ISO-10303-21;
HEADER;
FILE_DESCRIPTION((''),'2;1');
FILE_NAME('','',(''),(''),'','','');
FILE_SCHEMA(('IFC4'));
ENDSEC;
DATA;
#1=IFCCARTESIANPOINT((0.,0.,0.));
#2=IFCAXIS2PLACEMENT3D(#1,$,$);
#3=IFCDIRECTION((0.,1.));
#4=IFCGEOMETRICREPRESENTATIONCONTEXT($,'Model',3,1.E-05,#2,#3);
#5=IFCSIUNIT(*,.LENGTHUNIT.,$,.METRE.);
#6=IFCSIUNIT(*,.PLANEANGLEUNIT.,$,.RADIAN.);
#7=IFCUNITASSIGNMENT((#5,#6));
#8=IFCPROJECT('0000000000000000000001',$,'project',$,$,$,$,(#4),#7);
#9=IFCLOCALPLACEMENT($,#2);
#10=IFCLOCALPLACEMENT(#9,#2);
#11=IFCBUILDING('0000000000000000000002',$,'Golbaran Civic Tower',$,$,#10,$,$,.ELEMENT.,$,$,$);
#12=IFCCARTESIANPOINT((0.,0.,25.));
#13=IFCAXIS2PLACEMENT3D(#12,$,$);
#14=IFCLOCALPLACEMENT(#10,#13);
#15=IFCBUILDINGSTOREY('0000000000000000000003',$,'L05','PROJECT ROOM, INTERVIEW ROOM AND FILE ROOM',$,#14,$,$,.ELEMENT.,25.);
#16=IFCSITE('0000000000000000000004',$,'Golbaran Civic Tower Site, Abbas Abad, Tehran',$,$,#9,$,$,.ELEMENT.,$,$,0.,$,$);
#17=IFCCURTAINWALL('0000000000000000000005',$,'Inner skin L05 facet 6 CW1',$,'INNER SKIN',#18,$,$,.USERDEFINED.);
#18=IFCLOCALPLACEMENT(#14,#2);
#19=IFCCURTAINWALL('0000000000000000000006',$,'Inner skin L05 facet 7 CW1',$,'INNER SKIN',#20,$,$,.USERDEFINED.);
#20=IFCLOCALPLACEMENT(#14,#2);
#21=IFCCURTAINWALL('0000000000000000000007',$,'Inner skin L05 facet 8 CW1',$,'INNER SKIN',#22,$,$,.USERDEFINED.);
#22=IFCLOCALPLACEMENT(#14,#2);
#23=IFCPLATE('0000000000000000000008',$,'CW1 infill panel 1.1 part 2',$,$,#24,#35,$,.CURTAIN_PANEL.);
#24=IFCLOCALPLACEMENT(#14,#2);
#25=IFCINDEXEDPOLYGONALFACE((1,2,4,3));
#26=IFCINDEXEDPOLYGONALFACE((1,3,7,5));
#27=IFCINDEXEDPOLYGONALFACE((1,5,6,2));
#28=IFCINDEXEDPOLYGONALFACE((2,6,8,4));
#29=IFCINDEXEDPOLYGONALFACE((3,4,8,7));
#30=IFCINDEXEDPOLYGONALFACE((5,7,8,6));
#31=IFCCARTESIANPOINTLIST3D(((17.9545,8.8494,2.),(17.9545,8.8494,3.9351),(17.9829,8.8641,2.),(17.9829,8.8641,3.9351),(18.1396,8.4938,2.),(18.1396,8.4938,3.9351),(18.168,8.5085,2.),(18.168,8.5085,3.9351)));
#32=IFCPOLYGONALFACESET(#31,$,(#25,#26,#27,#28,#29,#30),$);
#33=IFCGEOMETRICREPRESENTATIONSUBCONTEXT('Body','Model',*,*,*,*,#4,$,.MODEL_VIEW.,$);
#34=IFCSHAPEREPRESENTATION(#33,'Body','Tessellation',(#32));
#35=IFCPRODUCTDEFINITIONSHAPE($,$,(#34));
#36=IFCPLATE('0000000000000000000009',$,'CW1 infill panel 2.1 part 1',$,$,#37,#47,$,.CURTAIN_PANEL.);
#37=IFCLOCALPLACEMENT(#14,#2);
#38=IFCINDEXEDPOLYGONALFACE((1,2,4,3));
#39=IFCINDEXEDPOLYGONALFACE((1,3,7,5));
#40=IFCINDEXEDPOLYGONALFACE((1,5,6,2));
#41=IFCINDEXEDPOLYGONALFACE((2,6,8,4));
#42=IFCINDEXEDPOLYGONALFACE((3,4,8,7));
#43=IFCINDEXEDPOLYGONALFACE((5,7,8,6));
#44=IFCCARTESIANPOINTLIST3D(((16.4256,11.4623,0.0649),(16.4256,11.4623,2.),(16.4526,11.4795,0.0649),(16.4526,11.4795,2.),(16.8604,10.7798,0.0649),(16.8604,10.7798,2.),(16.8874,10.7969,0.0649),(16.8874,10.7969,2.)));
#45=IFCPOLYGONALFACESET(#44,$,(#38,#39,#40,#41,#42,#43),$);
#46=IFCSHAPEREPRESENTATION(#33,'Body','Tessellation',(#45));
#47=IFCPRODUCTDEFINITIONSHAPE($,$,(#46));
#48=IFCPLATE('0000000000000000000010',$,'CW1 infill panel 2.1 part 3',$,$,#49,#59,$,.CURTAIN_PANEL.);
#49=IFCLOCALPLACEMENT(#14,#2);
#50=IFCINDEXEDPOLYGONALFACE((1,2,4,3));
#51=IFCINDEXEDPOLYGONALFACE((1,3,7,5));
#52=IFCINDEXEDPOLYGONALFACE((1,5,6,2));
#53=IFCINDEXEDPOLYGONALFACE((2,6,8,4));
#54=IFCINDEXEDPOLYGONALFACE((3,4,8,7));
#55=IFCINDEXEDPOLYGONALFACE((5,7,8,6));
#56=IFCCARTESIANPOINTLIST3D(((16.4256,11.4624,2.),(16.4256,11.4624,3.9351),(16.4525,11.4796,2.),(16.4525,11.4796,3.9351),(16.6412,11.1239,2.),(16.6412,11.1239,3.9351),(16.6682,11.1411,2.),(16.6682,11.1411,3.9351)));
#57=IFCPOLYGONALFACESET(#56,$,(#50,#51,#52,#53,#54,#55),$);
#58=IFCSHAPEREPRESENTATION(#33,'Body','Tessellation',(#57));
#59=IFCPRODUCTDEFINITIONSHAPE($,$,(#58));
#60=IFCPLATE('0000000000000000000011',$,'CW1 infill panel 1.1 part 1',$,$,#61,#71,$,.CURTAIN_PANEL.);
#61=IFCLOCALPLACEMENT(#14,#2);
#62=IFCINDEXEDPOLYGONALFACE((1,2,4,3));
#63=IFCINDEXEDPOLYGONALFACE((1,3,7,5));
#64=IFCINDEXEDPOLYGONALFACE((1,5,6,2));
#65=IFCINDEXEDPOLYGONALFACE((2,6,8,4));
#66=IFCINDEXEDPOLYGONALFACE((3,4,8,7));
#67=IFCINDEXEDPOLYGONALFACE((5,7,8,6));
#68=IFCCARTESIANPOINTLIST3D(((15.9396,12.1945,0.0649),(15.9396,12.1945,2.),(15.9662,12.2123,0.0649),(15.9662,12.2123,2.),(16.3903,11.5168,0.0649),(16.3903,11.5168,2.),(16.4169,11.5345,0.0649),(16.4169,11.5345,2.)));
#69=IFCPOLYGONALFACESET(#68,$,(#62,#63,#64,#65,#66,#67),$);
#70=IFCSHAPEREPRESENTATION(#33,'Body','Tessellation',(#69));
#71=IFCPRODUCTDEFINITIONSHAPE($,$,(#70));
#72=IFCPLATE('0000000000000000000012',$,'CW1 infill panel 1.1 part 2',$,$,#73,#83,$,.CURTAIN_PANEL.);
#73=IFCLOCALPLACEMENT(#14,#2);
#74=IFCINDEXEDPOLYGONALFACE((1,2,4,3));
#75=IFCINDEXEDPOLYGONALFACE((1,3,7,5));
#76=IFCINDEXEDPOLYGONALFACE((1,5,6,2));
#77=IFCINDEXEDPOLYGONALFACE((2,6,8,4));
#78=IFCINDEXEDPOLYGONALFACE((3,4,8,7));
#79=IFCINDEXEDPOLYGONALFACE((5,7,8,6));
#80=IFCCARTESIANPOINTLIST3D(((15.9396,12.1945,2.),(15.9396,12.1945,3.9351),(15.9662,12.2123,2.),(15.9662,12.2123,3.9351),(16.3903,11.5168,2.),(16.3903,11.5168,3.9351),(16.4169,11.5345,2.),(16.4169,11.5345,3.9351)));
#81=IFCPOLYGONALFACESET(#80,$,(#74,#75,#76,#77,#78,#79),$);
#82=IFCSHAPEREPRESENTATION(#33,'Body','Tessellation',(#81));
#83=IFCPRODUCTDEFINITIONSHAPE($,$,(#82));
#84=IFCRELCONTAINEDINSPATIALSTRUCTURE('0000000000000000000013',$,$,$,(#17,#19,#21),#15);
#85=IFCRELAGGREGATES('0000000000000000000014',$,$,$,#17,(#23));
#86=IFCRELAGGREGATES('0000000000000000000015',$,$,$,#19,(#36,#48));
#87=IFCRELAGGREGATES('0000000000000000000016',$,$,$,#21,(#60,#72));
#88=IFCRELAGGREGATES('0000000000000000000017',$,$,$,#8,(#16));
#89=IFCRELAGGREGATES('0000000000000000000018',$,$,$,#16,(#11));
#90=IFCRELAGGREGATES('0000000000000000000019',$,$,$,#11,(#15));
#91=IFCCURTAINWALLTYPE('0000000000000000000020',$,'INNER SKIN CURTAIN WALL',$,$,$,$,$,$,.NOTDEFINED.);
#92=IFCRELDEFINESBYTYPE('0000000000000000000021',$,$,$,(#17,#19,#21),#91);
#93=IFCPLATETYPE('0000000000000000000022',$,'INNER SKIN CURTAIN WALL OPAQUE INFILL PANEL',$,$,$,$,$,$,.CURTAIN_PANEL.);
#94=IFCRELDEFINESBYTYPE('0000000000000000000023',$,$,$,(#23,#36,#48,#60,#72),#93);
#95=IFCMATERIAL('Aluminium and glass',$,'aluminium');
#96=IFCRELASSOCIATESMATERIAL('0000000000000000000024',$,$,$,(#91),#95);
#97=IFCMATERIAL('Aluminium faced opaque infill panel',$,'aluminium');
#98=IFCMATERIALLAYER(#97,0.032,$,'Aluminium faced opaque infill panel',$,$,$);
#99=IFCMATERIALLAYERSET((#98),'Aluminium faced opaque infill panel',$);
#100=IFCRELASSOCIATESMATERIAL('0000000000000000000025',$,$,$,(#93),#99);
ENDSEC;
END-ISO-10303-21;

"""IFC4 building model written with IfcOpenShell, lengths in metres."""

from ifc_helpers import new_model, si_unit, direction, frame, origin, origin_2d, place, context, subcontext, project, spatial, rectangle, extrude, material, layer, layer_set, type_object, element, aggregate, save


model = new_model("IFC4")

# Units and contexts
model_context = context("Model", 3, precision=1e-05, world=origin(), true_north=direction((0.0, 1.0)))
body_context = subcontext(model_context, "Body", "Model", "MODEL_VIEW")
ifc_project = project(units=[si_unit("LENGTHUNIT", "METRE"), si_unit("PLANEANGLEUNIT", "RADIAN")], contexts=[model_context])

# Site, building, storey
site_placement = place(None, origin())
site = spatial("IfcSite", under=ifc_project, at=site_placement, Name="Golbaran Civic Tower Site, Abbas Abad, Tehran", CompositionType="ELEMENT", RefElevation=0.0)
building_placement = place(site_placement, origin())
building = spatial("IfcBuilding", under=site, at=building_placement, Name="Golbaran Civic Tower", CompositionType="ELEMENT")
storey_placement = place(building_placement, frame((0.0, 0.0, 25.0)))
storey = spatial("IfcBuildingStorey", under=building, at=storey_placement, Name="L05", Description="PROJECT ROOM, INTERVIEW ROOM AND FILE ROOM", CompositionType="ELEMENT", Elevation=25.0)

# Curtain walls
ifc_material_1 = material(Name="Aluminium and glass", Category="aluminium")
curtain_wall_type = type_object("IfcCurtainWallType", Name="INNER SKIN CURTAIN WALL", PredefinedType="NOTDEFINED", material=ifc_material_1)
curtain_wall_1_placement = place(storey_placement, origin())
curtain_wall_1 = element("IfcCurtainWall", 1, at=curtain_wall_1_placement, inside=storey, type_object=curtain_wall_type, Name="Inner skin L05 facet 6 CW1", ObjectType="INNER SKIN", PredefinedType="USERDEFINED")
curtain_wall_2_placement = place(storey_placement, origin())
curtain_wall_2 = element("IfcCurtainWall", 2, at=curtain_wall_2_placement, inside=storey, type_object=curtain_wall_type, Name="Inner skin L05 facet 7 CW1", ObjectType="INNER SKIN", PredefinedType="USERDEFINED")

# Curtain wall
curtain_wall_3_placement = place(storey_placement, origin())
curtain_wall_3 = element("IfcCurtainWall", 3, at=curtain_wall_3_placement, inside=storey, type_object=curtain_wall_type, Name="Inner skin L05 facet 8 CW1", ObjectType="INNER SKIN", PredefinedType="USERDEFINED")

# Plates
ifc_material_2 = material(Name="Aluminium faced opaque infill panel", Category="aluminium")
ifc_layer_1 = layer(ifc_material_2, 0.032, Name="Aluminium faced opaque infill panel")
ifc_layer_set_1 = layer_set([ifc_layer_1], Name="Aluminium faced opaque infill panel")
plate_type_1 = type_object("IfcPlateType", Name="INNER SKIN CURTAIN WALL OPAQUE INFILL PANEL", PredefinedType="CURTAIN_PANEL", material=ifc_layer_set_1)
plate_1_placement = place(storey_placement, frame((18.0613, 8.679, 2.0), z_axis=(0.0, 0.0, 1.0), x_axis=(-0.461749, 0.887011, 0.0)))
plate_1 = element("IfcPlate", 4, at=plate_1_placement, type_object=plate_type_1, Name="CW1 infill panel 1.1 part 2", PredefinedType="CURTAIN_PANEL", context=body_context, shape_type="SweptSolid", body=[
    extrude(rectangle(XDim=0.4009, YDim=0.032, at=origin_2d()), origin(), (0.0, 0.0, 1.0), 1.9351),
])
aggregate(curtain_wall_1, [plate_1])
plate_2_placement = place(storey_placement, frame((16.6565, 11.1296, 0.0649), z_axis=(0.0, 0.0, 1.0), x_axis=(-0.5373, 0.843391, 0.0)))
plate_2 = element("IfcPlate", 5, at=plate_2_placement, type_object=plate_type_1, Name="CW1 infill panel 2.1 part 1", PredefinedType="CURTAIN_PANEL", context=body_context, shape_type="SweptSolid", body=[
    extrude(rectangle(XDim=0.8093, YDim=0.032, at=origin_2d()), origin(), (0.0, 0.0, 1.0), 1.9351),
])
plate_3_placement = place(storey_placement, frame((16.5469, 11.3018, 2.0), z_axis=(0.0, 0.0, 1.0), x_axis=(-0.5373, 0.843391, 0.0)))
plate_3 = element("IfcPlate", 6, at=plate_3_placement, type_object=plate_type_1, Name="CW1 infill panel 2.1 part 3", PredefinedType="CURTAIN_PANEL", context=body_context, shape_type="SweptSolid", body=[
    extrude(rectangle(XDim=0.4014, YDim=0.032, at=origin_2d()), origin(), (0.0, 0.0, 1.0), 1.9351),
])
aggregate(curtain_wall_2, [plate_2, plate_3])
plate_4_placement = place(storey_placement, frame((16.1782, 11.8645, 0.0649), z_axis=(0.0, 0.0, 1.0), x_axis=(-0.553719, 0.832703, 0.0)))
plate_4 = element("IfcPlate", 7, at=plate_4_placement, type_object=plate_type_1, Name="CW1 infill panel 1.1 part 1", PredefinedType="CURTAIN_PANEL", context=body_context, shape_type="SweptSolid", body=[
    extrude(rectangle(XDim=0.814, YDim=0.032, at=origin_2d()), origin(), (0.0, 0.0, 1.0), 1.9351),
])
plate_5_placement = place(storey_placement, frame((16.1782, 11.8645, 2.0), z_axis=(0.0, 0.0, 1.0), x_axis=(-0.553719, 0.832703, 0.0)))
plate_5 = element("IfcPlate", 8, at=plate_5_placement, type_object=plate_type_1, Name="CW1 infill panel 1.1 part 2", PredefinedType="CURTAIN_PANEL", context=body_context, shape_type="SweptSolid", body=[
    extrude(rectangle(XDim=0.814, YDim=0.032, at=origin_2d()), origin(), (0.0, 0.0, 1.0), 1.9351),
])
aggregate(curtain_wall_3, [plate_4, plate_5])

save(model, "model.ifc")
